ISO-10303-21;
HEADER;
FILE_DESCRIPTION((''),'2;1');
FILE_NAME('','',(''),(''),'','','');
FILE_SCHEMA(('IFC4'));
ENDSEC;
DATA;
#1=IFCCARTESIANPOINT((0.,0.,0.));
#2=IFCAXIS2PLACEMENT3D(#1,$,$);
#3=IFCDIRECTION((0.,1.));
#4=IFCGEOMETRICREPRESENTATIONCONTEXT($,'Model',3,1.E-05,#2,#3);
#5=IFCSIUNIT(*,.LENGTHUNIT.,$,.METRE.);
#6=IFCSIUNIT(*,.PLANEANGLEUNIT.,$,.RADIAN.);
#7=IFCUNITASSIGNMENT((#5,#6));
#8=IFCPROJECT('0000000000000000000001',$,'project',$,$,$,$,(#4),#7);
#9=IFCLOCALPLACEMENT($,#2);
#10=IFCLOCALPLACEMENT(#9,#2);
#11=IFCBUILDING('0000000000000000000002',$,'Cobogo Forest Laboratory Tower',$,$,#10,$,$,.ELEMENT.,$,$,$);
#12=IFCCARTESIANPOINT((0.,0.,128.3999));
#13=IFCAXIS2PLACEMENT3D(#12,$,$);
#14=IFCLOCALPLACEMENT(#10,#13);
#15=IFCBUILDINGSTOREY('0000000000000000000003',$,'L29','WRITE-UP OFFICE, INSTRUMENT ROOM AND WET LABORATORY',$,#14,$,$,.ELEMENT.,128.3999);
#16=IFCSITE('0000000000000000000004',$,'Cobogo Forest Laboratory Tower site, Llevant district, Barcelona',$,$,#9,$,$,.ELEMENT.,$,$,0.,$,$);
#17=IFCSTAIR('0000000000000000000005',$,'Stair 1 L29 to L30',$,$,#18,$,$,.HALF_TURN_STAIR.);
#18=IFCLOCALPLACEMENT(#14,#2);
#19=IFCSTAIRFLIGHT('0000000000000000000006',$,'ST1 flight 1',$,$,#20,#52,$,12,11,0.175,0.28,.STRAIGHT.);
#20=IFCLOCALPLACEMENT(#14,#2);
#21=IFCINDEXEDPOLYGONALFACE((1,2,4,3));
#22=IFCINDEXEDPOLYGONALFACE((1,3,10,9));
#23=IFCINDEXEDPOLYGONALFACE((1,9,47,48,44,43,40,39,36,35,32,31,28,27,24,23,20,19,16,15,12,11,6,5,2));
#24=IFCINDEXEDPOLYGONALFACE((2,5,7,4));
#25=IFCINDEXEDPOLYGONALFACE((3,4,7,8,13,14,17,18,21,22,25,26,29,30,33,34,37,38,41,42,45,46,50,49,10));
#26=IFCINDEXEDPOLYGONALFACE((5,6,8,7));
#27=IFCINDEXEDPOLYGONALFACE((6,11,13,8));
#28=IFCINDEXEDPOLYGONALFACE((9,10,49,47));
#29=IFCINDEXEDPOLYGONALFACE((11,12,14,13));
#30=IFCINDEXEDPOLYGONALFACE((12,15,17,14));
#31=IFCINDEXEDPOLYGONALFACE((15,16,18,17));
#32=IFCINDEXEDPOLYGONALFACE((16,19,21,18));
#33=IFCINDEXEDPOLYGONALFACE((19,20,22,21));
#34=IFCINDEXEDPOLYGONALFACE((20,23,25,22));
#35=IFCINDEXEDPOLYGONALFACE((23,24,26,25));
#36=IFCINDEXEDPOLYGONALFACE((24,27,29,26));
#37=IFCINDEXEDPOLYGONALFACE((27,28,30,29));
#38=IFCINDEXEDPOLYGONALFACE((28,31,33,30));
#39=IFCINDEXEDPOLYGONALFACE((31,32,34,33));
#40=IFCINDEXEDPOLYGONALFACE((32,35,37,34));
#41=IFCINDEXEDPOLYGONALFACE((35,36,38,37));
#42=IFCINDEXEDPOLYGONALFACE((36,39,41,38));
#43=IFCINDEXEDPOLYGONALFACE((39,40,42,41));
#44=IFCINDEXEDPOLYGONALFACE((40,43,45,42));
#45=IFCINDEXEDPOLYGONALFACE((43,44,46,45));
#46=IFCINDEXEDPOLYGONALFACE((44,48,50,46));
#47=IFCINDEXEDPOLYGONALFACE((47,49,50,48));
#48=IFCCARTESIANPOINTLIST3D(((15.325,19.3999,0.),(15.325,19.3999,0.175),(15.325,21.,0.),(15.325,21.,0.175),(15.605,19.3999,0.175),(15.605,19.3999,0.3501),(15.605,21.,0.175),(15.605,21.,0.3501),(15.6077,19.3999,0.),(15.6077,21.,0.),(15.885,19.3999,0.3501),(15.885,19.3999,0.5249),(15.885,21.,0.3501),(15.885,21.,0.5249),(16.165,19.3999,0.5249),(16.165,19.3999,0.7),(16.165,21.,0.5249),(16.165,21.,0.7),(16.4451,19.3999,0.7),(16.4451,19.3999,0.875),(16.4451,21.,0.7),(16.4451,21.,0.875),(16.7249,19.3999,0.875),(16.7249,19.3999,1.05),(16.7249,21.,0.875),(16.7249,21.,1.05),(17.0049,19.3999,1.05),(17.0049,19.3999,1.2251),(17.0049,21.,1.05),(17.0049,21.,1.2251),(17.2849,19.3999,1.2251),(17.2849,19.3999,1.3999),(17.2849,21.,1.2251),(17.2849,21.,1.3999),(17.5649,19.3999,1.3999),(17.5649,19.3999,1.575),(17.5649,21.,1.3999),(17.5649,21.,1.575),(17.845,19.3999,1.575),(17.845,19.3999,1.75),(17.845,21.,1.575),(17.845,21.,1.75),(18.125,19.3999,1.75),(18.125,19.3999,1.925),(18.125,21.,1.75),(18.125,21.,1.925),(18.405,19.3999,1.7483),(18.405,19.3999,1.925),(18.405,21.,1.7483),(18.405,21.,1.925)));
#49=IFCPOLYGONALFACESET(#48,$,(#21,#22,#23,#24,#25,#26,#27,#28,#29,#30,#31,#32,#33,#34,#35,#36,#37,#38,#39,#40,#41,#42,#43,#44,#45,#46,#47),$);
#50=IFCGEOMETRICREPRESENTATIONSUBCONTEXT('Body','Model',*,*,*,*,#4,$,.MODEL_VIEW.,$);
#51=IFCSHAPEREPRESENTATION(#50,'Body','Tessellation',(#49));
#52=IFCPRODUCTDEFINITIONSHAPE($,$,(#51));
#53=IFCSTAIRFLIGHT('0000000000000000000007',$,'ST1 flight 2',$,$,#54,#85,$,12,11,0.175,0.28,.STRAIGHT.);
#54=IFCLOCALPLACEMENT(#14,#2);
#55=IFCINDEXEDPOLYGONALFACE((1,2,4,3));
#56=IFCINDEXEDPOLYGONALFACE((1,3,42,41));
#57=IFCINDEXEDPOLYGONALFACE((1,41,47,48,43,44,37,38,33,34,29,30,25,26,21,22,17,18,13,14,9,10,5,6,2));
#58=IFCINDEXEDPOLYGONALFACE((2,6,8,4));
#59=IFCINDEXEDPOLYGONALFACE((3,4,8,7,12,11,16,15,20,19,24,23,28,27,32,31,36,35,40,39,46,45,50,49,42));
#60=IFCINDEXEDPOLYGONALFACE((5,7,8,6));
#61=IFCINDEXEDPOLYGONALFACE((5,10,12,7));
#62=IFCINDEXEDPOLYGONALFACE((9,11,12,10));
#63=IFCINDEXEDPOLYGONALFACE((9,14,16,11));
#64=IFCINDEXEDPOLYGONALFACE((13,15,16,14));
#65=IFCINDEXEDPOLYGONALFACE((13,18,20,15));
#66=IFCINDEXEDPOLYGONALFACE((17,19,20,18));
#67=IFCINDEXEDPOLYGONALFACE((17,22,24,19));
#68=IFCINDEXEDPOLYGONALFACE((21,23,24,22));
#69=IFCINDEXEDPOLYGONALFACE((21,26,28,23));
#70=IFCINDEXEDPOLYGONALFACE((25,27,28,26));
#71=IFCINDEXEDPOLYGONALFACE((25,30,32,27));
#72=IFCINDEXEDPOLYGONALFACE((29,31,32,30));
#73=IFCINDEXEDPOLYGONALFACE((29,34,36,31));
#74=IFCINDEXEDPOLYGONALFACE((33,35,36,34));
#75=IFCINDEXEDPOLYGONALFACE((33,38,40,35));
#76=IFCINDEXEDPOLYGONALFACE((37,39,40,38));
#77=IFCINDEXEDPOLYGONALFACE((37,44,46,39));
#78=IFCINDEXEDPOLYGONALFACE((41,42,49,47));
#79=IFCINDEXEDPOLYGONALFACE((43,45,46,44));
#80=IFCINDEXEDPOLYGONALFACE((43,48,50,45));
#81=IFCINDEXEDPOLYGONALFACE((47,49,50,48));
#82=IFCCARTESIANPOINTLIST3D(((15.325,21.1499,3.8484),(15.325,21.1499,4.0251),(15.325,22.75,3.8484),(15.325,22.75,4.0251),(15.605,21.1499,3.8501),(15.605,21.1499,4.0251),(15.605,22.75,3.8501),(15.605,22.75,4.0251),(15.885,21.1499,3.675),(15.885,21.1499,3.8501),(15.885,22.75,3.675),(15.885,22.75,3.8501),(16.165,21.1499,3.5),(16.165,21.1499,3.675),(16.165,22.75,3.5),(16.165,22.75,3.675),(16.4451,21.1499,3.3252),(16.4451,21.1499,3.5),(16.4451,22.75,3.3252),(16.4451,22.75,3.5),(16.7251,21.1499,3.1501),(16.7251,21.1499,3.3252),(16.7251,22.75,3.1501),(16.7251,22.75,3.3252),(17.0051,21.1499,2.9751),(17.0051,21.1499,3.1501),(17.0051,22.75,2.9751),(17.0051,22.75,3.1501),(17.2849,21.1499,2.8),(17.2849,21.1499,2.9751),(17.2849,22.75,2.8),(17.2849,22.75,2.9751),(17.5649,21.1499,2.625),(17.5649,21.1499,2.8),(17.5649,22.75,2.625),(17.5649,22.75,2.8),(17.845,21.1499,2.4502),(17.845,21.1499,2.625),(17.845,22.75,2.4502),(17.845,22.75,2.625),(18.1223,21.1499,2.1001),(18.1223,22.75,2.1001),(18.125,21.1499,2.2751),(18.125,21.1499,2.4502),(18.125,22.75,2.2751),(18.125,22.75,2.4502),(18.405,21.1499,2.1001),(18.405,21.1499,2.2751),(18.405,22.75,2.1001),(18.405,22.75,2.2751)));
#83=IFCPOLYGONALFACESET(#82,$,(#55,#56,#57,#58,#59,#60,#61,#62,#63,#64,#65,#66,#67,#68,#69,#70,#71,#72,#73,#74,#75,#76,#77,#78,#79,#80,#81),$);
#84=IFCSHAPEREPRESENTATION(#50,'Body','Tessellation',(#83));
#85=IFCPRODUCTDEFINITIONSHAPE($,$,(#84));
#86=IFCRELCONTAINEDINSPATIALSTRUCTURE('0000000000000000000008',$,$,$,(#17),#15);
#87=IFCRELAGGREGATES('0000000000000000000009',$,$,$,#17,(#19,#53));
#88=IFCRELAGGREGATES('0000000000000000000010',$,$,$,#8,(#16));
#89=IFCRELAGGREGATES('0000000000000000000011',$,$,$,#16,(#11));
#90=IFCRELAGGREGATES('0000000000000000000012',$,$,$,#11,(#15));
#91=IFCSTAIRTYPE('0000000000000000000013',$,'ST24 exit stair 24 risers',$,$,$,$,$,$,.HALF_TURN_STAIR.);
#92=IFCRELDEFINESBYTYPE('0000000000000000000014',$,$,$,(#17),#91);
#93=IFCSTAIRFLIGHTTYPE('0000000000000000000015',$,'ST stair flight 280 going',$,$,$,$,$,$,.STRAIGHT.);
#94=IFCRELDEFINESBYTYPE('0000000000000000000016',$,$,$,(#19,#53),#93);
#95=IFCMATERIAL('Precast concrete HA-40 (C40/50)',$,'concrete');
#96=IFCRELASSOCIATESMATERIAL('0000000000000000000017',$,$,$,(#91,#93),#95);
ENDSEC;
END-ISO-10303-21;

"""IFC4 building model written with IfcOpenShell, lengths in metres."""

from ifc_helpers import new_model, si_unit, direction, frame, origin, place, context, subcontext, project, spatial, polyline, outline, extrude, material, type_object, element, aggregate, save


model = new_model("IFC4")

# Units and contexts
model_context = context("Model", 3, precision=1e-05, world=origin(), true_north=direction((0.0, 1.0)))
body_context = subcontext(model_context, "Body", "Model", "MODEL_VIEW")
ifc_project = project(units=[si_unit("LENGTHUNIT", "METRE"), si_unit("PLANEANGLEUNIT", "RADIAN")], contexts=[model_context])

# Site, building, storey
site_placement = place(None, origin())
site = spatial("IfcSite", under=ifc_project, at=site_placement, Name="Cobogo Forest Laboratory Tower site, Llevant district, Barcelona", CompositionType="ELEMENT", RefElevation=0.0)
building_placement = place(site_placement, origin())
building = spatial("IfcBuilding", under=site, at=building_placement, Name="Cobogo Forest Laboratory Tower", CompositionType="ELEMENT")
storey_placement = place(building_placement, frame((0.0, 0.0, 128.3999)))
storey = spatial("IfcBuildingStorey", under=building, at=storey_placement, Name="L29", Description="WRITE-UP OFFICE, INSTRUMENT ROOM AND WET LABORATORY", CompositionType="ELEMENT", Elevation=128.3999)

# Stair, stair flights
ifc_material_1 = material(Name="Precast concrete HA-40 (C40/50)", Category="concrete")
stair_type = type_object("IfcStairType", Name="ST24 exit stair 24 risers", PredefinedType="HALF_TURN_STAIR", material=ifc_material_1)
stair_placement = place(storey_placement, origin())
stair = element("IfcStair", 1, at=stair_placement, inside=storey, type_object=stair_type, Name="Stair 1 L29 to L30", PredefinedType="HALF_TURN_STAIR")
stair_flight_type = type_object("IfcStairFlightType", Name="ST stair flight 280 going", PredefinedType="STRAIGHT", material=ifc_material_1)
stair_flight_1_placement = place(storey_placement, frame((15.325, 20.2, 0.0), z_axis=(0.0, 0.0, 1.0), x_axis=(1.0, 0.0, 0.0)))
stair_flight_1 = element("IfcStairFlight", 2, at=stair_flight_1_placement, type_object=stair_flight_type, Name="ST1 flight 1", NumberOfRisers=12, NumberOfTreads=11, PredefinedType="STRAIGHT", RiserHeight=0.175, TreadLength=0.28, context=body_context, shape_type="SweptSolid", body=[
    extrude(outline(polyline([(0.0, 0.0), (0.0, 0.175), (0.28, 0.175), (0.28, 0.3501), (0.5601, 0.3501), (0.5601, 0.5249), (0.8401, 0.5249), (0.8401, 0.7), (1.1201, 0.7), (1.1201, 0.875), (1.3999, 0.875), (1.3999, 1.05), (1.6799, 1.05), (1.6799, 1.2251), (1.96, 1.2251), (1.96, 1.3999), (2.24, 1.3999), (2.24, 1.575), (2.52, 1.575), (2.52, 1.75), (2.8, 1.75), (2.8, 1.925), (3.0801, 1.925), (3.0801, 2.1001), (3.0801, 1.7483), (0.2827, 0.0), (0.0, 0.0)])), frame((0.0, 0.8, 0.0), z_axis=(0.0, -1.0, 0.0), x_axis=(1.0, 0.0, 0.0)), (0.0, 0.0, 1.0), 1.6001),
])
stair_flight_2_placement = place(storey_placement, frame((18.405, 21.95, 2.1001), z_axis=(0.0, 0.0, 1.0), x_axis=(-1.0, 0.0, 0.0)))
stair_flight_2 = element("IfcStairFlight", 3, at=stair_flight_2_placement, type_object=stair_flight_type, Name="ST1 flight 2", NumberOfRisers=12, NumberOfTreads=11, PredefinedType="STRAIGHT", RiserHeight=0.175, TreadLength=0.28, context=body_context, shape_type="SweptSolid", body=[
    extrude(outline(polyline([(0.0, 0.0), (0.0, 0.175), (0.28, 0.175), (0.28, 0.3501), (0.5601, 0.3501), (0.5601, 0.5249), (0.8401, 0.5249), (0.8401, 0.7), (1.1201, 0.7), (1.1201, 0.875), (1.3999, 0.875), (1.3999, 1.05), (1.6799, 1.05), (1.6799, 1.2251), (1.96, 1.2251), (1.96, 1.3999), (2.24, 1.3999), (2.24, 1.575), (2.52, 1.575), (2.52, 1.75), (2.8, 1.75), (2.8, 1.925), (3.0801, 1.925), (3.0801, 2.1001), (3.0801, 1.7483), (0.2827, 0.0), (0.0, 0.0)])), frame((0.0, 0.8, 0.0), z_axis=(0.0, -1.0, 0.0), x_axis=(1.0, 0.0, 0.0)), (0.0, 0.0, 1.0), 1.6001),
])
aggregate(stair, [stair_flight_1, stair_flight_2])

save(model, "model.ifc")
